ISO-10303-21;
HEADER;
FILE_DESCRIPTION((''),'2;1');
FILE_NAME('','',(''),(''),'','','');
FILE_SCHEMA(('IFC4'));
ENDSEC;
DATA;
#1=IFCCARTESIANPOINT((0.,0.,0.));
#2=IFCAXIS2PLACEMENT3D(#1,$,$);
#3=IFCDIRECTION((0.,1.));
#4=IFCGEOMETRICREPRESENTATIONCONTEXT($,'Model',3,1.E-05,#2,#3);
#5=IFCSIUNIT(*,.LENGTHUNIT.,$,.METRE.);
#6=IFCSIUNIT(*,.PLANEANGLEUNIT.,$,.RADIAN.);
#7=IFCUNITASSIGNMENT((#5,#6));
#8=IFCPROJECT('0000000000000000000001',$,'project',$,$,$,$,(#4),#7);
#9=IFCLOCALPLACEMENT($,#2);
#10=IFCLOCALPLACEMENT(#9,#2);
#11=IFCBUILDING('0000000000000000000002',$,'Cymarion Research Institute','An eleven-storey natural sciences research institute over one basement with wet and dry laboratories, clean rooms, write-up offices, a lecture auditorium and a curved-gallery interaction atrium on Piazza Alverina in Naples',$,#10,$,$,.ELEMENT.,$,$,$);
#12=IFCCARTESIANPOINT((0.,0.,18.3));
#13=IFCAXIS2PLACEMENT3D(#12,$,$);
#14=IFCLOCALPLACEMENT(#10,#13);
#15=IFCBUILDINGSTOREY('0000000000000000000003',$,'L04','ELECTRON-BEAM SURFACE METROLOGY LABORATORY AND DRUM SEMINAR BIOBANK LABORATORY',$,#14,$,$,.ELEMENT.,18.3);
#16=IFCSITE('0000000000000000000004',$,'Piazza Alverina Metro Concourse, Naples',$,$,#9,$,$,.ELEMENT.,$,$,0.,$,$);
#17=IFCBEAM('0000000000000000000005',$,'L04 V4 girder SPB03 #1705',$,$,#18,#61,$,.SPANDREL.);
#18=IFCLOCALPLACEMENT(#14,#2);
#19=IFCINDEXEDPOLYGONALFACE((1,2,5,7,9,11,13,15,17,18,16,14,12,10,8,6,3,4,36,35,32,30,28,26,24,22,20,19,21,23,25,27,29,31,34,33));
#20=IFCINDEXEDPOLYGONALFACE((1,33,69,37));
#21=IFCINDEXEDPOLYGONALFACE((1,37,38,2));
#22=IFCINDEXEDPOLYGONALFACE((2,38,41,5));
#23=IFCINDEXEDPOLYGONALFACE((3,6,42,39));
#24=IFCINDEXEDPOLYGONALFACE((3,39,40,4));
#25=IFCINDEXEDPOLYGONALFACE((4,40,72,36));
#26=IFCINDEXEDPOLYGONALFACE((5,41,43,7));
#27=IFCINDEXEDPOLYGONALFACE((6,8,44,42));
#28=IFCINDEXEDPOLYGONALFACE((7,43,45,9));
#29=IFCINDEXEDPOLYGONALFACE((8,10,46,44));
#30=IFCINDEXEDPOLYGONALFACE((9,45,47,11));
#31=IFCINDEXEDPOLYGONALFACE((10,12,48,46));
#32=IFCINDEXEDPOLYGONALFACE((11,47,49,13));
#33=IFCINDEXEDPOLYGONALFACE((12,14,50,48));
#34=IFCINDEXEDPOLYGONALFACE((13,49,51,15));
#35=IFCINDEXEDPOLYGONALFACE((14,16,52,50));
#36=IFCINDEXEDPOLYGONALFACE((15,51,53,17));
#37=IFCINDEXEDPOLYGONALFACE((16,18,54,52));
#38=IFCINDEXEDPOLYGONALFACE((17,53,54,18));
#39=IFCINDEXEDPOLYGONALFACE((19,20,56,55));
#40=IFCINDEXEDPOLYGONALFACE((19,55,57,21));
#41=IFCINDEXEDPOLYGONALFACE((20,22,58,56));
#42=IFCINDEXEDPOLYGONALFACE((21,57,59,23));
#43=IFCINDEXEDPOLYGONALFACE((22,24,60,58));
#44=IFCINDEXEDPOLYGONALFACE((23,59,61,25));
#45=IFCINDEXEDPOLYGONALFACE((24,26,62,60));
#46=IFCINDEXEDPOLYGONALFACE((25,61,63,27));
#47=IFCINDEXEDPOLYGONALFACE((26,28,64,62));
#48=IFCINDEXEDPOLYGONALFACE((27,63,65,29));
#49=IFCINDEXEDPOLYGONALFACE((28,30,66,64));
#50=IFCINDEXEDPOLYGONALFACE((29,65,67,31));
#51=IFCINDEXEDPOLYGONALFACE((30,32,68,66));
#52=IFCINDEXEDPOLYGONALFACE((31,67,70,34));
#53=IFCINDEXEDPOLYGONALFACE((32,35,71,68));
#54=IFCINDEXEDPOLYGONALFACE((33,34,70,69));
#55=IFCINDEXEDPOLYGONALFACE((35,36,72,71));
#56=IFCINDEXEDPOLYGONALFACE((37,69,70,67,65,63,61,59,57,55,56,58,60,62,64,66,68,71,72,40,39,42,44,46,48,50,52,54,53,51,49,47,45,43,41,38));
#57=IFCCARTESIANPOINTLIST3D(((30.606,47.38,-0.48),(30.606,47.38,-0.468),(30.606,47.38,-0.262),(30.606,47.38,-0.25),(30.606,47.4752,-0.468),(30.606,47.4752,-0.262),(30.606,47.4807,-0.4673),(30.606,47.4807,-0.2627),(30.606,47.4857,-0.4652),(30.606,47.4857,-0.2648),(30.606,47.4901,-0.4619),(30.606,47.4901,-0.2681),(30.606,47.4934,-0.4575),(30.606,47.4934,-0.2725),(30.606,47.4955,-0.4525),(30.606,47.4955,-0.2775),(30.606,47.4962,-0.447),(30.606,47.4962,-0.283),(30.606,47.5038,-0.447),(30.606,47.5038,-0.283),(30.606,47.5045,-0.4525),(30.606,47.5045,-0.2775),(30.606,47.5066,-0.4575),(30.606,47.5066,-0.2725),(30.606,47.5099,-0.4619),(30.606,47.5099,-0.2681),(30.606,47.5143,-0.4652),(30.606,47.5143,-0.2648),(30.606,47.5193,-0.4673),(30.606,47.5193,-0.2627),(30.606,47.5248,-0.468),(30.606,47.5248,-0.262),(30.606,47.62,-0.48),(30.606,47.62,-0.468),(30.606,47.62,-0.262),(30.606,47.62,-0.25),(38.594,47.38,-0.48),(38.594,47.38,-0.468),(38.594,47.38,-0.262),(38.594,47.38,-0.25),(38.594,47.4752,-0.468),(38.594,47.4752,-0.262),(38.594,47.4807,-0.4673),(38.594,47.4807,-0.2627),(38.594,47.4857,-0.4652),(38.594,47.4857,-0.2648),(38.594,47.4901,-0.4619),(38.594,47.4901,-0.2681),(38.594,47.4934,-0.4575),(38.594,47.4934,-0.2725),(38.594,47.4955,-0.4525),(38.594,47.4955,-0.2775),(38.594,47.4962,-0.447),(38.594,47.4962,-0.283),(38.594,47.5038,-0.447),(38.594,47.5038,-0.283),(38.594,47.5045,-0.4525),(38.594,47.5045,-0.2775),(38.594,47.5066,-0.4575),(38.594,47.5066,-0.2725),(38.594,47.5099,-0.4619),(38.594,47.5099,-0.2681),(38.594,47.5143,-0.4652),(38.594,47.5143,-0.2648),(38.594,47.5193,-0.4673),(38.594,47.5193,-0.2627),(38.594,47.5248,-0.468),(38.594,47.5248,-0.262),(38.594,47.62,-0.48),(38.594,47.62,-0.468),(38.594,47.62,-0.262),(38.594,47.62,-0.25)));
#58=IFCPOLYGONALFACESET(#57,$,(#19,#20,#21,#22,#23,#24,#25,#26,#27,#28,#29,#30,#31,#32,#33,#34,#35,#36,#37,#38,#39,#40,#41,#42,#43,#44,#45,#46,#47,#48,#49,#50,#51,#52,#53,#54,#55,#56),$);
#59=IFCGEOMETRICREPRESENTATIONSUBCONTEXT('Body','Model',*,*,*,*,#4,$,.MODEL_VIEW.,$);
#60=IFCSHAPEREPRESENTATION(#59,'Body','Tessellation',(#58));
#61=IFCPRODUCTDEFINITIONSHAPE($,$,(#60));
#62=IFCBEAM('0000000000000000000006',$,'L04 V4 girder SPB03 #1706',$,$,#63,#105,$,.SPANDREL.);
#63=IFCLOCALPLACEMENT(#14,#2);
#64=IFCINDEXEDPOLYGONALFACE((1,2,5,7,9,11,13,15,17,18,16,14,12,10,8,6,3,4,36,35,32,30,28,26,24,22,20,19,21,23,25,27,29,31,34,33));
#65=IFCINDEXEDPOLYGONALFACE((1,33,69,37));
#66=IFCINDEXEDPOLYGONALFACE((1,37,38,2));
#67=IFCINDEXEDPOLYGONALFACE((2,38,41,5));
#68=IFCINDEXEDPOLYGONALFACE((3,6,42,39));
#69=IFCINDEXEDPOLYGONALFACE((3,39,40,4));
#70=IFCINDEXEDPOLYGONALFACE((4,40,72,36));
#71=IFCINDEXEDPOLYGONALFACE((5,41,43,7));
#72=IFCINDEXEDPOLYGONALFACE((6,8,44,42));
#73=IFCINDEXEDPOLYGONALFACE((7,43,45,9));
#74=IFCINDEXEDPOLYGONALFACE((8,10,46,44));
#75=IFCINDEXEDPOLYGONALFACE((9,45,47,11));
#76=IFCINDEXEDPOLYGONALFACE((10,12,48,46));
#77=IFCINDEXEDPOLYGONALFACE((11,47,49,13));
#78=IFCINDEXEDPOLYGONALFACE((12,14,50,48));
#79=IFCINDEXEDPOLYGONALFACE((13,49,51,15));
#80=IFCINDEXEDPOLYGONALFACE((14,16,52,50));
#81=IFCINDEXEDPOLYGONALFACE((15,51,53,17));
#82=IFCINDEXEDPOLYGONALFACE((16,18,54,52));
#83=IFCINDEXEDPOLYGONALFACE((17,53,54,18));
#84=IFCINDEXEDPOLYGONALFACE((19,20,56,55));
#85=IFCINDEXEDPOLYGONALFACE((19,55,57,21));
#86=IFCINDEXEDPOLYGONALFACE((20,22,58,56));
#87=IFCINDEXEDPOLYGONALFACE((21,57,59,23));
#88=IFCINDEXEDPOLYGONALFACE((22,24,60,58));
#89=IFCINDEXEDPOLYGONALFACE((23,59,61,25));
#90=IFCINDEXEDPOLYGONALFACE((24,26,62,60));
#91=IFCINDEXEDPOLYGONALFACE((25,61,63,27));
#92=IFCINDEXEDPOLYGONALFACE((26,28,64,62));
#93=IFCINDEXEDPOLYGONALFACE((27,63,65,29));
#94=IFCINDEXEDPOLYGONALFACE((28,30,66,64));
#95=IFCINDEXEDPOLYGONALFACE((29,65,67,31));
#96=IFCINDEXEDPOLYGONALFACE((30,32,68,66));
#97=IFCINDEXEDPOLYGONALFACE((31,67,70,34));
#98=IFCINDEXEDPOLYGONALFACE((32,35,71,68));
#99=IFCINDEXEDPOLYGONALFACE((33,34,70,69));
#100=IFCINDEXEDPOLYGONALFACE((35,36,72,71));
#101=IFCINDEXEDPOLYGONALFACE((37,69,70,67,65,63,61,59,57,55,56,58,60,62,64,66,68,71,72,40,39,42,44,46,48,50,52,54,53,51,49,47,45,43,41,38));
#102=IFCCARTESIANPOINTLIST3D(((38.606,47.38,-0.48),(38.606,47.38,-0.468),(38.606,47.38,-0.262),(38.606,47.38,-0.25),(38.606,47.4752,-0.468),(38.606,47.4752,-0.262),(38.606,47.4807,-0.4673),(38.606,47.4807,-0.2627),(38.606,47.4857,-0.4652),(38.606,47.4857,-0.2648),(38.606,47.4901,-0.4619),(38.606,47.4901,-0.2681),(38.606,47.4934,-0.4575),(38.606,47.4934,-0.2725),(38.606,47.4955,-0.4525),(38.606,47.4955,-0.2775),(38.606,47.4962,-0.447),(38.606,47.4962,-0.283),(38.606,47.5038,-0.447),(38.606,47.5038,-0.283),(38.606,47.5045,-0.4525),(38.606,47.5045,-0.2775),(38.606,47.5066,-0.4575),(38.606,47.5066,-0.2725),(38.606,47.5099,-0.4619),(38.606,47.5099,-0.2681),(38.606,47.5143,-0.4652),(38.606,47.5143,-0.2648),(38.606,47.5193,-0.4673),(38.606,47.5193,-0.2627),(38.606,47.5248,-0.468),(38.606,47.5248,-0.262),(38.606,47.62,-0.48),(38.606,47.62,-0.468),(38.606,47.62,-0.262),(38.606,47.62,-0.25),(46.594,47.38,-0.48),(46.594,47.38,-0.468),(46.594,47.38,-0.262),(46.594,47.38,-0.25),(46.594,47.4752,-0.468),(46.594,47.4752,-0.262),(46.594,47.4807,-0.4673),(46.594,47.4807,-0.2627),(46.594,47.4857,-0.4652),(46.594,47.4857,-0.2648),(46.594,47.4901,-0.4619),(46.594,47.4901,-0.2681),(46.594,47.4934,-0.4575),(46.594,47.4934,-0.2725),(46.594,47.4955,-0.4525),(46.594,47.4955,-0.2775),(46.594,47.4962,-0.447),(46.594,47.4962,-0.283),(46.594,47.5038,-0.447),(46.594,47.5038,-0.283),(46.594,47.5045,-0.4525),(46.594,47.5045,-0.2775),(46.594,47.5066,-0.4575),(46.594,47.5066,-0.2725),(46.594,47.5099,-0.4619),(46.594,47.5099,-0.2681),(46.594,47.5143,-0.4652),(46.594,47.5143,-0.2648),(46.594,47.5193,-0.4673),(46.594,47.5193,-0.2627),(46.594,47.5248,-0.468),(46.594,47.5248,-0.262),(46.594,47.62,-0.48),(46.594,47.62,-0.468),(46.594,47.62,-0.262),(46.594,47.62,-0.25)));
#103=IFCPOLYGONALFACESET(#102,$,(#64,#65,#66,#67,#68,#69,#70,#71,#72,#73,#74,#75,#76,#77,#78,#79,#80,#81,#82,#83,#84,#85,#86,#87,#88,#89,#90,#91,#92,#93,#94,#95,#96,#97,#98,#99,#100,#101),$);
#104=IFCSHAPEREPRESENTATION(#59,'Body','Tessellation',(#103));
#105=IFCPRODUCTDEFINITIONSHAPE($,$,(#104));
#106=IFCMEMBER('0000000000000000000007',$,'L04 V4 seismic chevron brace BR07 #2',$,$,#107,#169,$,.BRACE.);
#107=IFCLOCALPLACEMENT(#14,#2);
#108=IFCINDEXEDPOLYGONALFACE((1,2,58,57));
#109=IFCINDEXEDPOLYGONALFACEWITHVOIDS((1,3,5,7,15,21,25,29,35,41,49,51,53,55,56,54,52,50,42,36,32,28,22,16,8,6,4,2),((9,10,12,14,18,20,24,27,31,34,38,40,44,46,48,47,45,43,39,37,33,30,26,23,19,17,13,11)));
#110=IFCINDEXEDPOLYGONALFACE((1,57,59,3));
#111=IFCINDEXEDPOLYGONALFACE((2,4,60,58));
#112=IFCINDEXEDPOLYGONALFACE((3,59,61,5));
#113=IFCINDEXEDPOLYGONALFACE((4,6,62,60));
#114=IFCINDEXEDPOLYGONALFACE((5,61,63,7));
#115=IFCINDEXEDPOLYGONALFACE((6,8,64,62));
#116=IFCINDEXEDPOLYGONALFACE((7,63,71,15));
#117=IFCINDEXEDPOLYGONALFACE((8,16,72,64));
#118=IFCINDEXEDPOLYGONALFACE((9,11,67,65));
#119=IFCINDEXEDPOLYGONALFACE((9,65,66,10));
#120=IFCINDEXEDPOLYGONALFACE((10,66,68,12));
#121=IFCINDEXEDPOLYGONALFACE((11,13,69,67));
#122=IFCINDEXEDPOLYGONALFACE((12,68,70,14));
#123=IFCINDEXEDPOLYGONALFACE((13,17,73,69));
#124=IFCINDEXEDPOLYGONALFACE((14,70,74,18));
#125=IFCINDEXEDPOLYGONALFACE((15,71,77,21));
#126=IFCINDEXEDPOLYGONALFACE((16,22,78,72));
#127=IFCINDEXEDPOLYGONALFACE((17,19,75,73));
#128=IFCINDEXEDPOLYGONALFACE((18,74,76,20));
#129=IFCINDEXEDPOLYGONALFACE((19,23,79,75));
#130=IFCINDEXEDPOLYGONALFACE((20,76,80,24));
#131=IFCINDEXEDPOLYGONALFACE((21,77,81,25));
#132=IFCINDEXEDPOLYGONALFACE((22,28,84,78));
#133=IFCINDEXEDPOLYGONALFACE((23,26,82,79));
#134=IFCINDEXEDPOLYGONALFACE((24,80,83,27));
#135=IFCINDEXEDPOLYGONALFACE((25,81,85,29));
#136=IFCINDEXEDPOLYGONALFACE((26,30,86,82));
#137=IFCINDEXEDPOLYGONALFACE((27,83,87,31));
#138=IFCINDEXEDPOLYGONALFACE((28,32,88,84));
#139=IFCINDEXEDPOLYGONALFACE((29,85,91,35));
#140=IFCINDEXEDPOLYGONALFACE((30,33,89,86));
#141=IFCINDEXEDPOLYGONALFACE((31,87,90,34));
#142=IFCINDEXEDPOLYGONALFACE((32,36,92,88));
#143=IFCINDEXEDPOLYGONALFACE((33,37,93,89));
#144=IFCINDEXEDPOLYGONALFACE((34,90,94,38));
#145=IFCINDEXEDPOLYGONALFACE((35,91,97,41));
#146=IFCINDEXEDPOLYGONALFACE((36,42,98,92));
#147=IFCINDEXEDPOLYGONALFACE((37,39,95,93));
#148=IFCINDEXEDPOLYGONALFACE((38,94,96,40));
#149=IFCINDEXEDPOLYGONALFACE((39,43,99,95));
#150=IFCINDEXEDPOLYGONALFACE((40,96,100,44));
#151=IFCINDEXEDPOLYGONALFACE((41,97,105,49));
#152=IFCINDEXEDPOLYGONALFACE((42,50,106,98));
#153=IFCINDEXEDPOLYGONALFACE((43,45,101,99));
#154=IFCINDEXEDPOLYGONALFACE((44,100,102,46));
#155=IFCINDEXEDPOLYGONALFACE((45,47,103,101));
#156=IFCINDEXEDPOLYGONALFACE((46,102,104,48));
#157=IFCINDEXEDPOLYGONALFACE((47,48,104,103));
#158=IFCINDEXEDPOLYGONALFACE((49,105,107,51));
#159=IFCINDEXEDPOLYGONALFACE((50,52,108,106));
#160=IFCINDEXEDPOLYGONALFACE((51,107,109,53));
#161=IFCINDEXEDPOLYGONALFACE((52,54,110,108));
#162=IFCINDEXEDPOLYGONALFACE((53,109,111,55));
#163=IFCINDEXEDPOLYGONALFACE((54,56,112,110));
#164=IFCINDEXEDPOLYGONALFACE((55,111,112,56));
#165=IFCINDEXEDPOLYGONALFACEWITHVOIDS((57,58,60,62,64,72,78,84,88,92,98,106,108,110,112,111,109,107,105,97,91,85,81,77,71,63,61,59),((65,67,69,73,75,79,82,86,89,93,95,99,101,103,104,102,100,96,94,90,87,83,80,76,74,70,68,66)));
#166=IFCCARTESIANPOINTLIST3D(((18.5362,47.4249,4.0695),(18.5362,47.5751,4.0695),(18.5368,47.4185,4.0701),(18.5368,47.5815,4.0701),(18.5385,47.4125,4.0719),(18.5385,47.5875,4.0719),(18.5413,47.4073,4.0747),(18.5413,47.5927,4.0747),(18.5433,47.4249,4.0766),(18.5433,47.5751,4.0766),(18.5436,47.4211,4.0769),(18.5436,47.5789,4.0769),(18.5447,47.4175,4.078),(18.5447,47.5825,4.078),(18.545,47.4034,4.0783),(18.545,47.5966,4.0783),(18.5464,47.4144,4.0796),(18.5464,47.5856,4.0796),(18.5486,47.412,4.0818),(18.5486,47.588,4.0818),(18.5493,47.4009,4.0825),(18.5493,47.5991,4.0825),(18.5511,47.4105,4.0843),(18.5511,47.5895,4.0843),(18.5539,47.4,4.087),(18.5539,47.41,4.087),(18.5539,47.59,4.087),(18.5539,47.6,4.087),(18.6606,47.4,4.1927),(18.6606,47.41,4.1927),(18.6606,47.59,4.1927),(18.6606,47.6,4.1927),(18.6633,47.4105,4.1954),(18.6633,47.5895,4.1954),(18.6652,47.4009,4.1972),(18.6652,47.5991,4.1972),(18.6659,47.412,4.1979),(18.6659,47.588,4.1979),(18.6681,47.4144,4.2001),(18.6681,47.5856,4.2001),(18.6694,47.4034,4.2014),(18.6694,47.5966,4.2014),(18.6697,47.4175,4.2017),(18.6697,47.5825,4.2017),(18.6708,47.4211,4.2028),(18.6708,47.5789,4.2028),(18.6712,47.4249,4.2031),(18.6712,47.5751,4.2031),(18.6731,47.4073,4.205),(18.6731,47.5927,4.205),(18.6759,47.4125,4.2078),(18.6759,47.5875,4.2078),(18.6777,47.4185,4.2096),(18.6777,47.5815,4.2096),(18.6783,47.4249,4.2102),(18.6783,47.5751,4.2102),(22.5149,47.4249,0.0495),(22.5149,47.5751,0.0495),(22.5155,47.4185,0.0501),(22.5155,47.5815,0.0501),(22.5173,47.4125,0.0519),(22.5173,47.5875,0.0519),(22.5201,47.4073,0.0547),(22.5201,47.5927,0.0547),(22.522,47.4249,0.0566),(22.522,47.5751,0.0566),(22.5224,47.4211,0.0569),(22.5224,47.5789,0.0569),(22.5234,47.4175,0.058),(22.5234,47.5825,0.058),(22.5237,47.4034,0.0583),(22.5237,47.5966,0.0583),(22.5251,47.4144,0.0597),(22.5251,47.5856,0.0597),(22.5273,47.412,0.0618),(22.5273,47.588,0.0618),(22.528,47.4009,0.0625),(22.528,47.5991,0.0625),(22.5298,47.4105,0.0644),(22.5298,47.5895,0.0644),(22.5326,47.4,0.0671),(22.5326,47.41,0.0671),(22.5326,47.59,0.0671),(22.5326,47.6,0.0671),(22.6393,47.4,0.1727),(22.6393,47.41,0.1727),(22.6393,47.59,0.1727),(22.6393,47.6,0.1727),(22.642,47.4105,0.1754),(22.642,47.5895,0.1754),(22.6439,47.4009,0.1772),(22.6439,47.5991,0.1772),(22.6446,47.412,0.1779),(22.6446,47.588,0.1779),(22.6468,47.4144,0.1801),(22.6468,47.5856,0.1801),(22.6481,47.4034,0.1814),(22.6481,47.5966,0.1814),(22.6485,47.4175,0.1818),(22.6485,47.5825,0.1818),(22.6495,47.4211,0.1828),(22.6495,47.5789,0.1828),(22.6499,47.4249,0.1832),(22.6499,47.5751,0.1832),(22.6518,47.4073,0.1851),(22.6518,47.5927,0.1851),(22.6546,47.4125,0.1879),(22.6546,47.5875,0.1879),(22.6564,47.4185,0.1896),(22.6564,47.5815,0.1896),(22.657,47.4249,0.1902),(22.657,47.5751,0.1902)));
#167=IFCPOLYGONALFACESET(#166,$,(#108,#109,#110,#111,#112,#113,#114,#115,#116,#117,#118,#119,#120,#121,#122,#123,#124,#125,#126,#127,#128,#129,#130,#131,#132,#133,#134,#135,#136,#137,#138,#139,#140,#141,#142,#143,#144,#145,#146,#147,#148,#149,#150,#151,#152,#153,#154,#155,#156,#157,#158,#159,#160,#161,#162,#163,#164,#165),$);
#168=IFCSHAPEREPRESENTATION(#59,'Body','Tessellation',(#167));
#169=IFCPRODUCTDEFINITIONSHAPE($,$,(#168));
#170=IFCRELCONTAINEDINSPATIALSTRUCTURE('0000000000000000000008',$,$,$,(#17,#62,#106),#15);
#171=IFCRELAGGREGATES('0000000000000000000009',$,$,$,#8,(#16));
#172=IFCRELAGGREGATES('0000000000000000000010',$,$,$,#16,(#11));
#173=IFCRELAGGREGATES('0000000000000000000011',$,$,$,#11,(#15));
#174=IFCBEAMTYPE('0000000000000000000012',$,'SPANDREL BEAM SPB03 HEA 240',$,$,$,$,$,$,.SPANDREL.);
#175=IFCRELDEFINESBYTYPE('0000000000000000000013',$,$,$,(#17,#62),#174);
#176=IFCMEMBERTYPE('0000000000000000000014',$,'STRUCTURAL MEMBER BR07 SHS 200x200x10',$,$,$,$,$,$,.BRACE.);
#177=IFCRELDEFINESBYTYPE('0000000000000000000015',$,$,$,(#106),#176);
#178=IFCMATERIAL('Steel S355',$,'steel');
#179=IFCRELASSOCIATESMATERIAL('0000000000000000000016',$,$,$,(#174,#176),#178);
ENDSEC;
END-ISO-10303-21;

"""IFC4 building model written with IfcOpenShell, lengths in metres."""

from ifc_helpers import new_model, si_unit, direction, frame, origin, origin_2d, place, context, subcontext, project, spatial, hollow_rectangle, i_section, extrude, material, material_profile, profile_set, type_object, element, save


model = new_model("IFC4")

# Units and contexts
model_context = context("Model", 3, precision=1e-05, world=origin(), true_north=direction((0.0, 1.0)))
body_context = subcontext(model_context, "Body", "Model", "MODEL_VIEW")
ifc_project = project(units=[si_unit("LENGTHUNIT", "METRE"), si_unit("PLANEANGLEUNIT", "RADIAN")], contexts=[model_context])

# Site, building, storey
site_placement = place(None, origin())
site = spatial("IfcSite", under=ifc_project, at=site_placement, Name="Piazza Alverina Metro Concourse, Naples", CompositionType="ELEMENT", RefElevation=0.0)
building_placement = place(site_placement, origin())
building = spatial("IfcBuilding", under=site, at=building_placement, Name="Cymarion Research Institute", Description="An eleven-storey natural sciences research institute over one basement with wet and dry laboratories, clean rooms, write-up offices, a lecture auditorium and a curved-gallery interaction atrium on Piazza Alverina in Naples", CompositionType="ELEMENT")
storey_placement = place(building_placement, frame((0.0, 0.0, 18.3)))
storey = spatial("IfcBuildingStorey", under=building, at=storey_placement, Name="L04", Description="ELECTRON-BEAM SURFACE METROLOGY LABORATORY AND DRUM SEMINAR BIOBANK LABORATORY", CompositionType="ELEMENT", Elevation=18.3)

# Shared definitions
ifc_material_1 = material(Name="Steel S355", Category="steel")

# Beams
ifc_material_profile_1 = material_profile(ifc_material_1, i_section(OverallWidth=0.24, OverallDepth=0.23, WebThickness=0.0076, FlangeThickness=0.012, FilletRadius=0.021, at=origin_2d()), Name="HEA 240")
ifc_profile_set_1 = profile_set([ifc_material_profile_1], Name="Steel S355")
beam_type_1 = type_object("IfcBeamType", Name="SPANDREL BEAM SPB03 HEA 240", PredefinedType="SPANDREL", material=ifc_profile_set_1)
for number, where, z_axis, x_axis, name in (
    (1, (30.606, 47.5, -0.365), (1.0, 0.0, 0.0), (0.0, 1.0, 0.0), "L04 V4 girder SPB03 #1705"),
    (2, (38.606, 47.5, -0.365), (1.0, 0.0, 0.0), (0.0, 1.0, 0.0), "L04 V4 girder SPB03 #1706"),
):
    element("IfcBeam", number, at=place(storey_placement, frame(where, z_axis=z_axis, x_axis=x_axis)), inside=storey, type_object=beam_type_1, Name=name, PredefinedType="SPANDREL", context=body_context, shape_type="SweptSolid", body=[
        extrude(i_section(OverallWidth=0.24, OverallDepth=0.23, WebThickness=0.0076, FlangeThickness=0.012, FilletRadius=0.021, at=origin_2d()), origin(), (0.0, 0.0, 1.0), 7.988),
    ])

# Member
ifc_material_profile_2 = material_profile(ifc_material_1, hollow_rectangle(XDim=0.2, YDim=0.2, WallThickness=0.01, InnerFilletRadius=0.0149, OuterFilletRadius=0.0249, at=origin_2d()), Name="SHS 200x200x10")
ifc_profile_set_2 = profile_set([ifc_material_profile_2], Name="Steel S355")
member_type_1 = type_object("IfcMemberType", Name="STRUCTURAL MEMBER BR07 SHS 200x200x10", PredefinedType="BRACE", material=ifc_profile_set_2)
member_1_placement = place(storey_placement, frame((22.5859, 47.5, 0.1199), z_axis=(-0.70345, 0.0, 0.710745), x_axis=(0.0, -1.0, 0.0)))
element("IfcMember", 3, at=member_1_placement, inside=storey, type_object=member_type_1, Name="L04 V4 seismic chevron brace BR07 #2", PredefinedType="BRACE", context=body_context, shape_type="SweptSolid", body=[
    extrude(hollow_rectangle(XDim=0.2, YDim=0.2, WallThickness=0.01, InnerFilletRadius=0.0149, OuterFilletRadius=0.0249, at=origin_2d()), origin(), (0.0, 0.0, 1.0), 5.656),
])

save(model, "model.ifc")
